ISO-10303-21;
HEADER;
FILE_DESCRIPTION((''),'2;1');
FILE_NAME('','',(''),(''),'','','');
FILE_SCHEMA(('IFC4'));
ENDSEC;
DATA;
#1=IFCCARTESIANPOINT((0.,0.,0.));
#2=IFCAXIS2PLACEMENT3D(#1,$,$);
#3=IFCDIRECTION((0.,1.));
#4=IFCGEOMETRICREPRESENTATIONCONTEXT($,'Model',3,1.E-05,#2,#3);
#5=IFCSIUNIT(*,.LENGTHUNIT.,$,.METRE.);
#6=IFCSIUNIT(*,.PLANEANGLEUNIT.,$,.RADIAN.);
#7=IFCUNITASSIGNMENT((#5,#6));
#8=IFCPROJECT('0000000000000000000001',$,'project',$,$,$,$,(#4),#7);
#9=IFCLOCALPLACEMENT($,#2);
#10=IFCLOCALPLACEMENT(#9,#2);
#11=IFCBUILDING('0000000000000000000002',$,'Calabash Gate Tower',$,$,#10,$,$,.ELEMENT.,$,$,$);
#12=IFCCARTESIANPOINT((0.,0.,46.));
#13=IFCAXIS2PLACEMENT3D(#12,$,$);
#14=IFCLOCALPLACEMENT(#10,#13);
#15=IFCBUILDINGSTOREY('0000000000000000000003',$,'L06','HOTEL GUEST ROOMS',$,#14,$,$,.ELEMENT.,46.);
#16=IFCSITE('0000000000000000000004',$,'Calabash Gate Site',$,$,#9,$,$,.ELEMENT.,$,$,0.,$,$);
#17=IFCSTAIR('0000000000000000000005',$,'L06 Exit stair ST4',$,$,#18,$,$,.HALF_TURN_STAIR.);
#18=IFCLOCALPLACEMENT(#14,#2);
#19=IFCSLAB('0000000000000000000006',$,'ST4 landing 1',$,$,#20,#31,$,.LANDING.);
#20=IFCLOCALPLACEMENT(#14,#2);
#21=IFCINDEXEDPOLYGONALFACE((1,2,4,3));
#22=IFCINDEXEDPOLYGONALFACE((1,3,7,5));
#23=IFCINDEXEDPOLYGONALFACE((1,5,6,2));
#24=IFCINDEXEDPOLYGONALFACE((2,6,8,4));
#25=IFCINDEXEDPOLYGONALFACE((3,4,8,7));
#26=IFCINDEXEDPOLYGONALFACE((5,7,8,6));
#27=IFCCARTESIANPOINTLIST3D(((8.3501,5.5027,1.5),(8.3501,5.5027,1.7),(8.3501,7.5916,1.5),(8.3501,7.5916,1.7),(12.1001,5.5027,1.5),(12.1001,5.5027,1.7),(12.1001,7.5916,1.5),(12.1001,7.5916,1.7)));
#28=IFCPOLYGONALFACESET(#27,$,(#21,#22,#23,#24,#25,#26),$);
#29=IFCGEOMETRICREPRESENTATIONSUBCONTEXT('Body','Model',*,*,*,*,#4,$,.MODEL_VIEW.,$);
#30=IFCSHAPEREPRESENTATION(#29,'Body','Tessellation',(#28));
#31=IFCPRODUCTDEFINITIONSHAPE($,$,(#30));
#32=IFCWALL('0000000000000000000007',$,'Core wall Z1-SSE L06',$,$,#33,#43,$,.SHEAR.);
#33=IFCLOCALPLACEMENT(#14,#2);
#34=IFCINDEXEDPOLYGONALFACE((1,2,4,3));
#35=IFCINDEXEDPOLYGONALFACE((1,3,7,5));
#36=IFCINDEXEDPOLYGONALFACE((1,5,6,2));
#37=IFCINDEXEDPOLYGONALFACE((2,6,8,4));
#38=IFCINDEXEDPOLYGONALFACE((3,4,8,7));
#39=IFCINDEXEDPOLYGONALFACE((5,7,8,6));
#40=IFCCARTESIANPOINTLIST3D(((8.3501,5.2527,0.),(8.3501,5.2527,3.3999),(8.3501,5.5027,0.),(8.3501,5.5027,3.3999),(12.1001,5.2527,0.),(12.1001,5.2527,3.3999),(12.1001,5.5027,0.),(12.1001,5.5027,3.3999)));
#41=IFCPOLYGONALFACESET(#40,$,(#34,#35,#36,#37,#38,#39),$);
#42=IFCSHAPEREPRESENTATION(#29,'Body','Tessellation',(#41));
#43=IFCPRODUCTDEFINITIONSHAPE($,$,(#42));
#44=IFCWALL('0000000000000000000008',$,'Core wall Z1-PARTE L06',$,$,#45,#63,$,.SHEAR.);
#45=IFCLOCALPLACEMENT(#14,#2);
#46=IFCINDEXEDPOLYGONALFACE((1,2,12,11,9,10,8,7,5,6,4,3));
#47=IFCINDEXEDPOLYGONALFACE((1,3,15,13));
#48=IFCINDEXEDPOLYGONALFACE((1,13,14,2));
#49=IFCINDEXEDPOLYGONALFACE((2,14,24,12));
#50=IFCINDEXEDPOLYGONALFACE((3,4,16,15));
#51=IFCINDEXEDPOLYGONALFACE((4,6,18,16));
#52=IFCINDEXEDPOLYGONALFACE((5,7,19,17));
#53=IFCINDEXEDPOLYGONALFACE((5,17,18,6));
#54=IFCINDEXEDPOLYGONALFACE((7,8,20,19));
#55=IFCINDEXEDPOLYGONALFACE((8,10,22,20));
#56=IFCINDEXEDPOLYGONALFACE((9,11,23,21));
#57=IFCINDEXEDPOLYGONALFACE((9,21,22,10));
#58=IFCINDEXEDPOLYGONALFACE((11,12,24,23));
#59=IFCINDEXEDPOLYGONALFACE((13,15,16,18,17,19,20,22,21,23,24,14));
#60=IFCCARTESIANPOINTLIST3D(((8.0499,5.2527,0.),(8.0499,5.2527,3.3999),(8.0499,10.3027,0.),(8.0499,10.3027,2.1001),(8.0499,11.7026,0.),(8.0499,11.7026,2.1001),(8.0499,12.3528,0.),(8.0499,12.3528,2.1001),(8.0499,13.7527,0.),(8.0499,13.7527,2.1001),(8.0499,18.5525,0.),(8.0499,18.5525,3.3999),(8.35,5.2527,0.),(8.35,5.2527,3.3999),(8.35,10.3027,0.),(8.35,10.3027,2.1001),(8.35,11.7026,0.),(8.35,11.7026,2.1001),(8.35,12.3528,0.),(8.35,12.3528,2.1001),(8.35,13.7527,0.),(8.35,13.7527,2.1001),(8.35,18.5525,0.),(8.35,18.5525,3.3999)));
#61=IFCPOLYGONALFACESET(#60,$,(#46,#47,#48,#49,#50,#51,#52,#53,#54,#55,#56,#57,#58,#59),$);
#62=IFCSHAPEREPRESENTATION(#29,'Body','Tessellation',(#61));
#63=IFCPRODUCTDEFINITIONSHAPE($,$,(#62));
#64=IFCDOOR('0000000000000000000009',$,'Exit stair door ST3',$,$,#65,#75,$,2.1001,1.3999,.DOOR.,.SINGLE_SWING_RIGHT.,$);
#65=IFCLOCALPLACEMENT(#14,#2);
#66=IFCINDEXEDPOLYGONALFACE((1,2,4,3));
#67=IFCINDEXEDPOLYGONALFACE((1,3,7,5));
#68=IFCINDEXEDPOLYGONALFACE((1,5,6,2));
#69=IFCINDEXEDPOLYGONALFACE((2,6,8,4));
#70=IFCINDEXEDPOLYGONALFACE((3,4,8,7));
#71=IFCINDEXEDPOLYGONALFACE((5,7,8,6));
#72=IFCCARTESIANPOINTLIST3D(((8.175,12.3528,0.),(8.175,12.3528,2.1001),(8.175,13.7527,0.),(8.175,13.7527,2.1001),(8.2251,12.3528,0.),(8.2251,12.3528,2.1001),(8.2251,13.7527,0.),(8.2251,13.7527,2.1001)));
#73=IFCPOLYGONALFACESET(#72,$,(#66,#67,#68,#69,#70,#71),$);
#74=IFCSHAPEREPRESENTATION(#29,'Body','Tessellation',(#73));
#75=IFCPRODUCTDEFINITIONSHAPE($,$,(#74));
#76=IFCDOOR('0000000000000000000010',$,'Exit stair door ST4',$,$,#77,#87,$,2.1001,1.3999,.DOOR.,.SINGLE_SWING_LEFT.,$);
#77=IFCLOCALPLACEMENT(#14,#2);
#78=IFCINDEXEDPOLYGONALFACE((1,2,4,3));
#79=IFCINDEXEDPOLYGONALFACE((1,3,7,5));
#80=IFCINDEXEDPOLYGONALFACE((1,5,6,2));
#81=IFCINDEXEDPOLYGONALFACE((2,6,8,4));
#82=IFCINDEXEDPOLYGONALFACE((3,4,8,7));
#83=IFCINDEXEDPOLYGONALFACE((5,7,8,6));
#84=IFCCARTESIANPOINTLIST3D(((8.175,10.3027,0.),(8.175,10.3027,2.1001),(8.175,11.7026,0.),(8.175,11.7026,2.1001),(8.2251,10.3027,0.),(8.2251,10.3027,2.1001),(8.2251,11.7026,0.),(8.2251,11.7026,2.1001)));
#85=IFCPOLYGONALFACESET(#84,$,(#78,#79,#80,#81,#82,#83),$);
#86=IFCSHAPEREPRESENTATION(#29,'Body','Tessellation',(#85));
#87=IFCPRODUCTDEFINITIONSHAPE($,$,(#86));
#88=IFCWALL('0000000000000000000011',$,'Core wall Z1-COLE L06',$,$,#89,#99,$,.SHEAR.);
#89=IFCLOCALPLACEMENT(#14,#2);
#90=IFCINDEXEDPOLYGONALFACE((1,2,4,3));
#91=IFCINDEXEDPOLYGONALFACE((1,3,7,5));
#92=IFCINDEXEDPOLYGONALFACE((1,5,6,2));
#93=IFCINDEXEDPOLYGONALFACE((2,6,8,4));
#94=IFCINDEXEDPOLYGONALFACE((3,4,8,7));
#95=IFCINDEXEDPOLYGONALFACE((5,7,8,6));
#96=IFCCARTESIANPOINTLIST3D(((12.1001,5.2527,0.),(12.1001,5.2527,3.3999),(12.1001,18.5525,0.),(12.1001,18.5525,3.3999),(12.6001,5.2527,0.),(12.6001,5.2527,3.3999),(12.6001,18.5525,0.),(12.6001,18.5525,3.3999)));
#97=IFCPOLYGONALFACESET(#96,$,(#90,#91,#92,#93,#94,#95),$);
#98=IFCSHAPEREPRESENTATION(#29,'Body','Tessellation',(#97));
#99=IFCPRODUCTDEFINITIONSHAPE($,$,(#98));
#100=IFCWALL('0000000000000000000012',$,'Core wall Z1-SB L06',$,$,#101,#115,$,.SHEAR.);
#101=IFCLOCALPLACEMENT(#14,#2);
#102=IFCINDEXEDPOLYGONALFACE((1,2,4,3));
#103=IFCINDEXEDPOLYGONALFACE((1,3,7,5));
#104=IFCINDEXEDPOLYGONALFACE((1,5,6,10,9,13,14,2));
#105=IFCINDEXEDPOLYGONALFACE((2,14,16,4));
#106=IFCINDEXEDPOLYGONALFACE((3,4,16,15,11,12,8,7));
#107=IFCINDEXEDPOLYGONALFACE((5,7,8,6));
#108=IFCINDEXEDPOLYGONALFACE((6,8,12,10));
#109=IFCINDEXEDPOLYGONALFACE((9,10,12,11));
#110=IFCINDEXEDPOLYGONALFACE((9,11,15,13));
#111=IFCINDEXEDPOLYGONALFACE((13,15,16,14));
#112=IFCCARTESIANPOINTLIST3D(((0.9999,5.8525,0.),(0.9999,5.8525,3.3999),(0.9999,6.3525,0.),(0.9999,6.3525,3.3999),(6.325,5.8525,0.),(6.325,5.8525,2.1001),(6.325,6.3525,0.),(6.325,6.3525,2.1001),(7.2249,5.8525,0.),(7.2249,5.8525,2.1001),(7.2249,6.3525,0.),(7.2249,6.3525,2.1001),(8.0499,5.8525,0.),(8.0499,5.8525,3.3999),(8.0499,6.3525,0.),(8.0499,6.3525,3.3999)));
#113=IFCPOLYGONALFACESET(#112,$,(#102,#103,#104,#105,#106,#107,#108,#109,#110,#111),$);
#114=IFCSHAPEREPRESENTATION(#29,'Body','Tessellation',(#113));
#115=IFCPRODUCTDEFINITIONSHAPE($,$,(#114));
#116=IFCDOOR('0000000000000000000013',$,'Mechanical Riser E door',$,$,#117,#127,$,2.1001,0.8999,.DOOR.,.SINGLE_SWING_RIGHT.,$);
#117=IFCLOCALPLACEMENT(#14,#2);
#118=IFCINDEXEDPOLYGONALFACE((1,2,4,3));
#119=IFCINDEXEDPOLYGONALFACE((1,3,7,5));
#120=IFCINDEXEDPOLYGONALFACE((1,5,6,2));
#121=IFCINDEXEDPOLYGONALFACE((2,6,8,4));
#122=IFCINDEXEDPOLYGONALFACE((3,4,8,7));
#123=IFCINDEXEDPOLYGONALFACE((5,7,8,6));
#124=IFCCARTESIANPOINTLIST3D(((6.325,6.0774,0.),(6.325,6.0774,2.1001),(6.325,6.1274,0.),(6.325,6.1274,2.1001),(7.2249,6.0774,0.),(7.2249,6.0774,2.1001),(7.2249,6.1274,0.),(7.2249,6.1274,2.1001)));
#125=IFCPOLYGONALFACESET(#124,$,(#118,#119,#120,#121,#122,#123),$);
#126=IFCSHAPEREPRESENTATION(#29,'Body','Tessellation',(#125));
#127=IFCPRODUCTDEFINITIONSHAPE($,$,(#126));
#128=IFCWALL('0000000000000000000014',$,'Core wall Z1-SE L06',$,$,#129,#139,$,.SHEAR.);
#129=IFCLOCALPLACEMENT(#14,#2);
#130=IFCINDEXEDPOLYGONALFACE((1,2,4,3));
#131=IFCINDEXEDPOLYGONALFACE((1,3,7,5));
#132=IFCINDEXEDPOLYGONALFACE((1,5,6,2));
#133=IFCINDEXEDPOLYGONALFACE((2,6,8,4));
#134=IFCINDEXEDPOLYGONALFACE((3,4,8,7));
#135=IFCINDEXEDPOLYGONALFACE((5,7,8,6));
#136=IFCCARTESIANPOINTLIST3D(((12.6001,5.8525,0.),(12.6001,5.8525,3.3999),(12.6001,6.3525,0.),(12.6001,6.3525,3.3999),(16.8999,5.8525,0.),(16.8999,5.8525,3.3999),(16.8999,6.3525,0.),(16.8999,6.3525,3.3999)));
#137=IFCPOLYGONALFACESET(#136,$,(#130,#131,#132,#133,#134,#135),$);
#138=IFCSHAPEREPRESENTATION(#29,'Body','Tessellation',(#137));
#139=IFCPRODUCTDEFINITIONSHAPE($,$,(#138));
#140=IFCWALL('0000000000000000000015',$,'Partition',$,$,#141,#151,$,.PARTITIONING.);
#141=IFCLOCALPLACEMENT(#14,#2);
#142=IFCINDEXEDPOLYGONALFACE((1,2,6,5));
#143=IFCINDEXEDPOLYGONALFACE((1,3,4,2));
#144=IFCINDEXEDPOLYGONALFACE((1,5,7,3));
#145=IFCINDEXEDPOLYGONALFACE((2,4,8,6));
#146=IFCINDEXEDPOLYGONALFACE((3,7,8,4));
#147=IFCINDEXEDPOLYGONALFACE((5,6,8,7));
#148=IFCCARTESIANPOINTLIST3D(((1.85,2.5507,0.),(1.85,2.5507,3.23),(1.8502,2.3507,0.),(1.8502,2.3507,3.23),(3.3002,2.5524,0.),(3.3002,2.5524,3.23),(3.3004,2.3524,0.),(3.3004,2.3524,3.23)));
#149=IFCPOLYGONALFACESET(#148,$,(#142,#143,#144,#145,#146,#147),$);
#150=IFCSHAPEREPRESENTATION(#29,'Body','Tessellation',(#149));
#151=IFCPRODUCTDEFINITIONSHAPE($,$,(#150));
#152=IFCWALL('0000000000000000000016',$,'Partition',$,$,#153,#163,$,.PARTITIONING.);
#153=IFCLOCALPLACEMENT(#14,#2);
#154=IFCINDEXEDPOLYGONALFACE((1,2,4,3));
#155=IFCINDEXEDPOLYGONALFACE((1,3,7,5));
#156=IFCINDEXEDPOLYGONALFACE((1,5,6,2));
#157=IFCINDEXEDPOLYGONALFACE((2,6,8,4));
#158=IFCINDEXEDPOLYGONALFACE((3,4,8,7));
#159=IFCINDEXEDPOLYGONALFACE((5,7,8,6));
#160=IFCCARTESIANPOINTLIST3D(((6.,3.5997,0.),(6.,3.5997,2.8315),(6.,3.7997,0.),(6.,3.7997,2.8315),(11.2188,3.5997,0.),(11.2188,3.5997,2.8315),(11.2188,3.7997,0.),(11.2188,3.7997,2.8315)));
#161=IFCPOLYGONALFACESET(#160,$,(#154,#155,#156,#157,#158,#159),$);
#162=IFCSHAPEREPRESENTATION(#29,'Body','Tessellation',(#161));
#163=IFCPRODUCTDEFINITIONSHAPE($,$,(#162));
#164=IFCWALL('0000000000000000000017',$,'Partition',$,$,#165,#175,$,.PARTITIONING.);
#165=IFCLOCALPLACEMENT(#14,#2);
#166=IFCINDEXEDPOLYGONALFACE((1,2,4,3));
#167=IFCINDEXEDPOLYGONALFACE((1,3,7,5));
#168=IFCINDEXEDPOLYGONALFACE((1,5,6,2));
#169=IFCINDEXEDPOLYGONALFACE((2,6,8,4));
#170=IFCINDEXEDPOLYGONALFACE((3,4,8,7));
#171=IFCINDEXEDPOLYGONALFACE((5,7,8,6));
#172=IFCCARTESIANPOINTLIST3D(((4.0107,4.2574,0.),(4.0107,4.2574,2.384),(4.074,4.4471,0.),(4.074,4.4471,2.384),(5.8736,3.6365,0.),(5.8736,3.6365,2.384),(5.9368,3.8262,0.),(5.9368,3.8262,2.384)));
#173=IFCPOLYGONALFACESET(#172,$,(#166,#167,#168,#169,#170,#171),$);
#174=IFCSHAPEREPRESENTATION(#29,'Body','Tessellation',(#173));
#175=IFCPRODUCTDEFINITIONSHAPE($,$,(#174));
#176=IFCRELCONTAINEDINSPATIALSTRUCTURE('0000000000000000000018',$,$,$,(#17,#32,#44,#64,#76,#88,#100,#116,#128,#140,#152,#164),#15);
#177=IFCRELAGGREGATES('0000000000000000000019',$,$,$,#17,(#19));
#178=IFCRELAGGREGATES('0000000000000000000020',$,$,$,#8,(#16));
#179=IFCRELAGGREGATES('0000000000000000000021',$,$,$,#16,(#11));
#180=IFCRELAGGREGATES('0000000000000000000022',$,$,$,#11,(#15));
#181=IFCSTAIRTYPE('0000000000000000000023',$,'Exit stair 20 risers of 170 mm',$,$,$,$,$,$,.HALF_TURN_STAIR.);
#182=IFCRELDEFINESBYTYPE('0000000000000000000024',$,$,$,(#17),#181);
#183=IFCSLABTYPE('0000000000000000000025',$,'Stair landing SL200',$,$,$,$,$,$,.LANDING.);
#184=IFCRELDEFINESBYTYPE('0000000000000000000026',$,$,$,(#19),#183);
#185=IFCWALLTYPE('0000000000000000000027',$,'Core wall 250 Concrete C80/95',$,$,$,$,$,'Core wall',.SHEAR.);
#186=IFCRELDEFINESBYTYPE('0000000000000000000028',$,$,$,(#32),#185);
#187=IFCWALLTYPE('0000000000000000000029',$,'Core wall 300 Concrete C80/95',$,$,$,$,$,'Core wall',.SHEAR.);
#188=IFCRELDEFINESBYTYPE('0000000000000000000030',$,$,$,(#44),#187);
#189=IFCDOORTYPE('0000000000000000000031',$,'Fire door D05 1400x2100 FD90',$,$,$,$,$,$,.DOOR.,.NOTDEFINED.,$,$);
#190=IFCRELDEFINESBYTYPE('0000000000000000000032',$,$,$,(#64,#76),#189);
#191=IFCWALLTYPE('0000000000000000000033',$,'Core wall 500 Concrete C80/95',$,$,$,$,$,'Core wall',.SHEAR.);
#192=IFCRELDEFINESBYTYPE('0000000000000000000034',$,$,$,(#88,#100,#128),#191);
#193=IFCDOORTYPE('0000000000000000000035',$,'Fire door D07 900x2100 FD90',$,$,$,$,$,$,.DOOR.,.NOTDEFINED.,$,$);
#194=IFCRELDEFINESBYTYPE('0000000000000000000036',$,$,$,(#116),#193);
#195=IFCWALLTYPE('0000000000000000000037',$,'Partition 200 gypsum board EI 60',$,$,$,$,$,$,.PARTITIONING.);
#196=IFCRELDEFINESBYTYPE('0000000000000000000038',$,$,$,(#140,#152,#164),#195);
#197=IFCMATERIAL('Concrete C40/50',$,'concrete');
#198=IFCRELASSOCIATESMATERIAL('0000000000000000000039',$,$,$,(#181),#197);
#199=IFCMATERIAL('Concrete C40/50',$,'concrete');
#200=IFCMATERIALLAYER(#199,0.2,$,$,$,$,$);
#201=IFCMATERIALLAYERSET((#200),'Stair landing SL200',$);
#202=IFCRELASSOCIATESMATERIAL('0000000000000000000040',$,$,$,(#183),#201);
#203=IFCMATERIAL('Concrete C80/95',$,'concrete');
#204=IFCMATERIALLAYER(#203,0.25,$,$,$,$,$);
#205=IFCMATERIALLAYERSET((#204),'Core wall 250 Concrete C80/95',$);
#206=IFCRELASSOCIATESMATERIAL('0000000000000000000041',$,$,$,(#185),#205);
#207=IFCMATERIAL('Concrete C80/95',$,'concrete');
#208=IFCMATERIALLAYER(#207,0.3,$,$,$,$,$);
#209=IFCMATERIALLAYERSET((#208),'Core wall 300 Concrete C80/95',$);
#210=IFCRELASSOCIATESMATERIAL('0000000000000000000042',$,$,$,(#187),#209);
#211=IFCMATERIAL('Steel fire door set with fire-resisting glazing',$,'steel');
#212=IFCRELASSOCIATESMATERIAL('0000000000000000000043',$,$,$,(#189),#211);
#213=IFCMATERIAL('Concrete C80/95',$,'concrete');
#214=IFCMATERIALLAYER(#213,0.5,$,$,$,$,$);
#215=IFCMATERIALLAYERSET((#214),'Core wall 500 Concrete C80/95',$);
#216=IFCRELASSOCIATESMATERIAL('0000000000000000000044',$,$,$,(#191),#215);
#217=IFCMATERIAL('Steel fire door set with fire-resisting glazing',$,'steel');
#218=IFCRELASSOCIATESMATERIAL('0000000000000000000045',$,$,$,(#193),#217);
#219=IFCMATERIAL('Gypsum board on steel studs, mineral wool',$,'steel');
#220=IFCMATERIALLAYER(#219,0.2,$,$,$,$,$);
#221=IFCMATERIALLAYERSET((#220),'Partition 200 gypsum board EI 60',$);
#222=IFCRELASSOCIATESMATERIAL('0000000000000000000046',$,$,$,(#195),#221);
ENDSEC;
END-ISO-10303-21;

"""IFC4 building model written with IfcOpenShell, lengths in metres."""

from ifc_helpers import new_model, si_unit, direction, frame, frame_2d, origin, place, context, subcontext, project, spatial, polyline, rectangle, outline, extrude, material, layer, layer_set, type_object, element, fill, aggregate, save


model = new_model("IFC4")

# Units and contexts
model_context = context("Model", 3, precision=1e-05, world=origin(), true_north=direction((0.0, 1.0)))
body_context = subcontext(model_context, "Body", "Model", "MODEL_VIEW")
ifc_project = project(units=[si_unit("LENGTHUNIT", "METRE"), si_unit("PLANEANGLEUNIT", "RADIAN")], contexts=[model_context])

# Site, building, storey
site_placement = place(None, origin())
site = spatial("IfcSite", under=ifc_project, at=site_placement, Name="Calabash Gate Site", CompositionType="ELEMENT", RefElevation=0.0)
building_placement = place(site_placement, origin())
building = spatial("IfcBuilding", under=site, at=building_placement, Name="Calabash Gate Tower", CompositionType="ELEMENT")
storey_placement = place(building_placement, frame((0.0, 0.0, 46.0)))
storey = spatial("IfcBuildingStorey", under=building, at=storey_placement, Name="L06", Description="HOTEL GUEST ROOMS", CompositionType="ELEMENT", Elevation=46.0)

# Stair, slab
ifc_material_1 = material(Name="Concrete C40/50", Category="concrete")
stair_type = type_object("IfcStairType", Name="Exit stair 20 risers of 170 mm", PredefinedType="HALF_TURN_STAIR", material=ifc_material_1)
ifc_material_2 = material(Name="Concrete C40/50", Category="concrete")
ifc_layer_1 = layer(ifc_material_2, 0.2)
ifc_layer_set_1 = layer_set([ifc_layer_1], Name="Stair landing SL200")
slab_type = type_object("IfcSlabType", Name="Stair landing SL200", PredefinedType="LANDING", material=ifc_layer_set_1)
stair_1_placement = place(storey_placement, origin())
stair_1 = element("IfcStair", 1, at=stair_1_placement, inside=storey, type_object=stair_type, Name="L06 Exit stair ST4", PredefinedType="HALF_TURN_STAIR")
slab_1_placement = place(storey_placement, frame((0.0, 0.0, 1.5)))
slab_1 = element("IfcSlab", 2, at=slab_1_placement, type_object=slab_type, Name="ST4 landing 1", PredefinedType="LANDING", context=body_context, shape_type="SweptSolid", body=[
    extrude(outline(polyline([(8.3501, 7.5916), (8.3501, 5.5027), (12.1001, 5.5027), (12.1001, 7.5916), (8.3501, 7.5916)])), origin(), (0.0, 0.0, 1.0), 0.2),
])
aggregate(stair_1, [slab_1])

# Wall
ifc_material_3 = material(Name="Concrete C80/95", Category="concrete")
ifc_layer_2 = layer(ifc_material_3, 0.25)
ifc_layer_set_2 = layer_set([ifc_layer_2], Name="Core wall 250 Concrete C80/95")
wall_type_1 = type_object("IfcWallType", Name="Core wall 250 Concrete C80/95", ElementType="Core wall", PredefinedType="SHEAR", material=ifc_layer_set_2)
wall_1_placement = place(storey_placement, frame((8.3501, 5.3777, 0.0), z_axis=(0.0, 0.0, 1.0), x_axis=(1.0, 0.0, 0.0)))
element("IfcWall", 3, at=wall_1_placement, inside=storey, type_object=wall_type_1, Name="Core wall Z1-SSE L06", PredefinedType="SHEAR", context=body_context, shape_type="SweptSolid", body=[
    extrude(rectangle(XDim=3.75, YDim=0.25, at=frame_2d((1.875, 0.0))), origin(), (0.0, 0.0, 1.0), 3.3999),
])

# Wall, openings, doors
ifc_material_4 = material(Name="Concrete C80/95", Category="concrete")
ifc_layer_3 = layer(ifc_material_4, 0.3)
ifc_layer_set_3 = layer_set([ifc_layer_3], Name="Core wall 300 Concrete C80/95")
wall_type_2 = type_object("IfcWallType", Name="Core wall 300 Concrete C80/95", ElementType="Core wall", PredefinedType="SHEAR", material=ifc_layer_set_3)
wall_2_placement = place(storey_placement, frame((8.2, 5.2527, 0.0), z_axis=(0.0, 0.0, 1.0), x_axis=(0.0, 1.0, 0.0)))
wall_2 = element("IfcWall", 4, at=wall_2_placement, inside=storey, type_object=wall_type_2, Name="Core wall Z1-PARTE L06", PredefinedType="SHEAR", context=body_context, shape_type="SweptSolid", body=[
    extrude(rectangle(XDim=13.2998, YDim=0.3, at=frame_2d((6.6499, 0.0))), origin(), (0.0, 0.0, 1.0), 3.3999),
])
opening_1_placement = place(wall_2_placement, frame((7.1001, 0.0, 0.0)))
opening_1 = element("IfcOpeningElement", 5, at=opening_1_placement, cuts=wall_2, PredefinedType="OPENING", context=body_context, shape_type="SweptSolid", body=[
    extrude(rectangle(XDim=1.3999, YDim=2.1001, at=frame_2d((0.7, 1.05))), frame((0.0, 0.1599, 0.0), z_axis=(0.0, -1.0, 0.0), x_axis=(1.0, 0.0, 0.0)), (0.0, 0.0, 1.0), 0.3201),
])
opening_2_placement = place(wall_2_placement, frame((5.05, 0.0, 0.0)))
opening_2 = element("IfcOpeningElement", 6, at=opening_2_placement, cuts=wall_2, PredefinedType="OPENING", context=body_context, shape_type="SweptSolid", body=[
    extrude(rectangle(XDim=1.3999, YDim=2.1001, at=frame_2d((0.7, 1.05))), frame((0.0, 0.1599, 0.0), z_axis=(0.0, -1.0, 0.0), x_axis=(1.0, 0.0, 0.0)), (0.0, 0.0, 1.0), 0.3201),
])
ifc_material_5 = material(Name="Steel fire door set with fire-resisting glazing", Category="steel")
door_type_1 = type_object("IfcDoorType", Name="Fire door D05 1400x2100 FD90", OperationType="NOTDEFINED", PredefinedType="DOOR", material=ifc_material_5)
door_1_placement = place(opening_1_placement, origin())
door_1 = element("IfcDoor", 7, at=door_1_placement, inside=storey, type_object=door_type_1, Name="Exit stair door ST3", OperationType="SINGLE_SWING_RIGHT", OverallHeight=2.1001, OverallWidth=1.3999, PredefinedType="DOOR", context=body_context, shape_type="SweptSolid", body=[
    extrude(rectangle(XDim=1.3999, YDim=2.1001, at=frame_2d((0.7, 1.05))), frame((0.0, 0.0249, 0.0), z_axis=(0.0, -1.0, 0.0), x_axis=(1.0, 0.0, 0.0)), (0.0, 0.0, 1.0), 0.05),
])
fill(opening_1, door_1)
door_2_placement = place(opening_2_placement, origin())
door_2 = element("IfcDoor", 8, at=door_2_placement, inside=storey, type_object=door_type_1, Name="Exit stair door ST4", OperationType="SINGLE_SWING_LEFT", OverallHeight=2.1001, OverallWidth=1.3999, PredefinedType="DOOR", context=body_context, shape_type="SweptSolid", body=[
    extrude(rectangle(XDim=1.3999, YDim=2.1001, at=frame_2d((0.7, 1.05))), frame((0.0, 0.0249, 0.0), z_axis=(0.0, -1.0, 0.0), x_axis=(1.0, 0.0, 0.0)), (0.0, 0.0, 1.0), 0.05),
])
fill(opening_2, door_2)

# Wall
ifc_material_6 = material(Name="Concrete C80/95", Category="concrete")
ifc_layer_4 = layer(ifc_material_6, 0.5)
ifc_layer_set_4 = layer_set([ifc_layer_4], Name="Core wall 500 Concrete C80/95")
wall_type_3 = type_object("IfcWallType", Name="Core wall 500 Concrete C80/95", ElementType="Core wall", PredefinedType="SHEAR", material=ifc_layer_set_4)
wall_3_placement = place(storey_placement, frame((12.3501, 5.2527, 0.0), z_axis=(0.0, 0.0, 1.0), x_axis=(0.0, 1.0, 0.0)))
element("IfcWall", 9, at=wall_3_placement, inside=storey, type_object=wall_type_3, Name="Core wall Z1-COLE L06", PredefinedType="SHEAR", context=body_context, shape_type="SweptSolid", body=[
    extrude(rectangle(XDim=13.2998, YDim=0.5, at=frame_2d((6.6499, 0.0))), origin(), (0.0, 0.0, 1.0), 3.3999),
])

# Wall, opening, door
wall_4_placement = place(storey_placement, frame((1.0, 6.1025, 0.0), z_axis=(0.0, 0.0, 1.0), x_axis=(1.0, 0.0, 0.0)))
wall_4 = element("IfcWall", 10, at=wall_4_placement, inside=storey, type_object=wall_type_3, Name="Core wall Z1-SB L06", PredefinedType="SHEAR", context=body_context, shape_type="SweptSolid", body=[
    extrude(rectangle(XDim=7.05, YDim=0.5, at=frame_2d((3.5249, 0.0))), origin(), (0.0, 0.0, 1.0), 3.3999),
])
opening_3_placement = place(wall_4_placement, frame((5.325, 0.0, 0.0)))
opening_3 = element("IfcOpeningElement", 11, at=opening_3_placement, cuts=wall_4, PredefinedType="OPENING", context=body_context, shape_type="SweptSolid", body=[
    extrude(rectangle(XDim=0.8999, YDim=2.1001, at=frame_2d((0.45, 1.05))), frame((0.0, 0.26, 0.0), z_axis=(0.0, -1.0, 0.0), x_axis=(1.0, 0.0, 0.0)), (0.0, 0.0, 1.0), 0.52),
])
ifc_material_7 = material(Name="Steel fire door set with fire-resisting glazing", Category="steel")
door_type_2 = type_object("IfcDoorType", Name="Fire door D07 900x2100 FD90", OperationType="NOTDEFINED", PredefinedType="DOOR", material=ifc_material_7)
door_3_placement = place(opening_3_placement, origin())
door_3 = element("IfcDoor", 12, at=door_3_placement, inside=storey, type_object=door_type_2, Name="Mechanical Riser E door", OperationType="SINGLE_SWING_RIGHT", OverallHeight=2.1001, OverallWidth=0.8999, PredefinedType="DOOR", context=body_context, shape_type="SweptSolid", body=[
    extrude(rectangle(XDim=0.8999, YDim=2.1001, at=frame_2d((0.45, 1.05))), frame((0.0, 0.0249, 0.0), z_axis=(0.0, -1.0, 0.0), x_axis=(1.0, 0.0, 0.0)), (0.0, 0.0, 1.0), 0.05),
])
fill(opening_3, door_3)

# Walls
wall_5_placement = place(storey_placement, frame((12.6001, 6.1025, 0.0), z_axis=(0.0, 0.0, 1.0), x_axis=(1.0, 0.0, 0.0)))
element("IfcWall", 13, at=wall_5_placement, inside=storey, type_object=wall_type_3, Name="Core wall Z1-SE L06", PredefinedType="SHEAR", context=body_context, shape_type="SweptSolid", body=[
    extrude(rectangle(XDim=4.2998, YDim=0.5, at=frame_2d((2.1499, 0.0))), origin(), (0.0, 0.0, 1.0), 3.3999),
])
ifc_material_8 = material(Name="Gypsum board on steel studs, mineral wool", Category="steel")
ifc_layer_5 = layer(ifc_material_8, 0.2)
ifc_layer_set_5 = layer_set([ifc_layer_5], Name="Partition 200 gypsum board EI 60")
wall_type_4 = type_object("IfcWallType", Name="Partition 200 gypsum board EI 60", PredefinedType="PARTITIONING", material=ifc_layer_set_5)
wall_6_placement = place(storey_placement, frame((1.8501, 2.4507, 0.0), z_axis=(0.0, 0.0, 1.0), x_axis=(0.999999, 0.001178, 0.0)))
element("IfcWall", 14, at=wall_6_placement, inside=storey, type_object=wall_type_4, Name="Partition", PredefinedType="PARTITIONING", context=body_context, shape_type="SweptSolid", body=[
    extrude(rectangle(XDim=1.4502, YDim=0.2, at=frame_2d((0.7251, 0.0))), origin(), (0.0, 0.0, 1.0), 3.23),
])
wall_7_placement = place(storey_placement, frame((6.0, 3.6997, 0.0), z_axis=(0.0, 0.0, 1.0), x_axis=(1.0, 0.0, 0.0)))
element("IfcWall", 15, at=wall_7_placement, inside=storey, type_object=wall_type_4, Name="Partition", PredefinedType="PARTITIONING", context=body_context, shape_type="SweptSolid", body=[
    extrude(rectangle(XDim=5.2188, YDim=0.2, at=frame_2d((2.6094, 0.0))), origin(), (0.0, 0.0, 1.0), 2.8315),
])
wall_8_placement = place(storey_placement, frame((4.0422, 4.3523, 0.0), z_axis=(0.0, 0.0, 1.0), x_axis=(0.948696, -0.31619, 0.0)))
element("IfcWall", 16, at=wall_8_placement, inside=storey, type_object=wall_type_4, Name="Partition", PredefinedType="PARTITIONING", context=body_context, shape_type="SweptSolid", body=[
    extrude(rectangle(XDim=1.9636, YDim=0.2, at=frame_2d((0.9819, 0.0))), origin(), (0.0, 0.0, 1.0), 2.384),
])

save(model, "model.ifc")
